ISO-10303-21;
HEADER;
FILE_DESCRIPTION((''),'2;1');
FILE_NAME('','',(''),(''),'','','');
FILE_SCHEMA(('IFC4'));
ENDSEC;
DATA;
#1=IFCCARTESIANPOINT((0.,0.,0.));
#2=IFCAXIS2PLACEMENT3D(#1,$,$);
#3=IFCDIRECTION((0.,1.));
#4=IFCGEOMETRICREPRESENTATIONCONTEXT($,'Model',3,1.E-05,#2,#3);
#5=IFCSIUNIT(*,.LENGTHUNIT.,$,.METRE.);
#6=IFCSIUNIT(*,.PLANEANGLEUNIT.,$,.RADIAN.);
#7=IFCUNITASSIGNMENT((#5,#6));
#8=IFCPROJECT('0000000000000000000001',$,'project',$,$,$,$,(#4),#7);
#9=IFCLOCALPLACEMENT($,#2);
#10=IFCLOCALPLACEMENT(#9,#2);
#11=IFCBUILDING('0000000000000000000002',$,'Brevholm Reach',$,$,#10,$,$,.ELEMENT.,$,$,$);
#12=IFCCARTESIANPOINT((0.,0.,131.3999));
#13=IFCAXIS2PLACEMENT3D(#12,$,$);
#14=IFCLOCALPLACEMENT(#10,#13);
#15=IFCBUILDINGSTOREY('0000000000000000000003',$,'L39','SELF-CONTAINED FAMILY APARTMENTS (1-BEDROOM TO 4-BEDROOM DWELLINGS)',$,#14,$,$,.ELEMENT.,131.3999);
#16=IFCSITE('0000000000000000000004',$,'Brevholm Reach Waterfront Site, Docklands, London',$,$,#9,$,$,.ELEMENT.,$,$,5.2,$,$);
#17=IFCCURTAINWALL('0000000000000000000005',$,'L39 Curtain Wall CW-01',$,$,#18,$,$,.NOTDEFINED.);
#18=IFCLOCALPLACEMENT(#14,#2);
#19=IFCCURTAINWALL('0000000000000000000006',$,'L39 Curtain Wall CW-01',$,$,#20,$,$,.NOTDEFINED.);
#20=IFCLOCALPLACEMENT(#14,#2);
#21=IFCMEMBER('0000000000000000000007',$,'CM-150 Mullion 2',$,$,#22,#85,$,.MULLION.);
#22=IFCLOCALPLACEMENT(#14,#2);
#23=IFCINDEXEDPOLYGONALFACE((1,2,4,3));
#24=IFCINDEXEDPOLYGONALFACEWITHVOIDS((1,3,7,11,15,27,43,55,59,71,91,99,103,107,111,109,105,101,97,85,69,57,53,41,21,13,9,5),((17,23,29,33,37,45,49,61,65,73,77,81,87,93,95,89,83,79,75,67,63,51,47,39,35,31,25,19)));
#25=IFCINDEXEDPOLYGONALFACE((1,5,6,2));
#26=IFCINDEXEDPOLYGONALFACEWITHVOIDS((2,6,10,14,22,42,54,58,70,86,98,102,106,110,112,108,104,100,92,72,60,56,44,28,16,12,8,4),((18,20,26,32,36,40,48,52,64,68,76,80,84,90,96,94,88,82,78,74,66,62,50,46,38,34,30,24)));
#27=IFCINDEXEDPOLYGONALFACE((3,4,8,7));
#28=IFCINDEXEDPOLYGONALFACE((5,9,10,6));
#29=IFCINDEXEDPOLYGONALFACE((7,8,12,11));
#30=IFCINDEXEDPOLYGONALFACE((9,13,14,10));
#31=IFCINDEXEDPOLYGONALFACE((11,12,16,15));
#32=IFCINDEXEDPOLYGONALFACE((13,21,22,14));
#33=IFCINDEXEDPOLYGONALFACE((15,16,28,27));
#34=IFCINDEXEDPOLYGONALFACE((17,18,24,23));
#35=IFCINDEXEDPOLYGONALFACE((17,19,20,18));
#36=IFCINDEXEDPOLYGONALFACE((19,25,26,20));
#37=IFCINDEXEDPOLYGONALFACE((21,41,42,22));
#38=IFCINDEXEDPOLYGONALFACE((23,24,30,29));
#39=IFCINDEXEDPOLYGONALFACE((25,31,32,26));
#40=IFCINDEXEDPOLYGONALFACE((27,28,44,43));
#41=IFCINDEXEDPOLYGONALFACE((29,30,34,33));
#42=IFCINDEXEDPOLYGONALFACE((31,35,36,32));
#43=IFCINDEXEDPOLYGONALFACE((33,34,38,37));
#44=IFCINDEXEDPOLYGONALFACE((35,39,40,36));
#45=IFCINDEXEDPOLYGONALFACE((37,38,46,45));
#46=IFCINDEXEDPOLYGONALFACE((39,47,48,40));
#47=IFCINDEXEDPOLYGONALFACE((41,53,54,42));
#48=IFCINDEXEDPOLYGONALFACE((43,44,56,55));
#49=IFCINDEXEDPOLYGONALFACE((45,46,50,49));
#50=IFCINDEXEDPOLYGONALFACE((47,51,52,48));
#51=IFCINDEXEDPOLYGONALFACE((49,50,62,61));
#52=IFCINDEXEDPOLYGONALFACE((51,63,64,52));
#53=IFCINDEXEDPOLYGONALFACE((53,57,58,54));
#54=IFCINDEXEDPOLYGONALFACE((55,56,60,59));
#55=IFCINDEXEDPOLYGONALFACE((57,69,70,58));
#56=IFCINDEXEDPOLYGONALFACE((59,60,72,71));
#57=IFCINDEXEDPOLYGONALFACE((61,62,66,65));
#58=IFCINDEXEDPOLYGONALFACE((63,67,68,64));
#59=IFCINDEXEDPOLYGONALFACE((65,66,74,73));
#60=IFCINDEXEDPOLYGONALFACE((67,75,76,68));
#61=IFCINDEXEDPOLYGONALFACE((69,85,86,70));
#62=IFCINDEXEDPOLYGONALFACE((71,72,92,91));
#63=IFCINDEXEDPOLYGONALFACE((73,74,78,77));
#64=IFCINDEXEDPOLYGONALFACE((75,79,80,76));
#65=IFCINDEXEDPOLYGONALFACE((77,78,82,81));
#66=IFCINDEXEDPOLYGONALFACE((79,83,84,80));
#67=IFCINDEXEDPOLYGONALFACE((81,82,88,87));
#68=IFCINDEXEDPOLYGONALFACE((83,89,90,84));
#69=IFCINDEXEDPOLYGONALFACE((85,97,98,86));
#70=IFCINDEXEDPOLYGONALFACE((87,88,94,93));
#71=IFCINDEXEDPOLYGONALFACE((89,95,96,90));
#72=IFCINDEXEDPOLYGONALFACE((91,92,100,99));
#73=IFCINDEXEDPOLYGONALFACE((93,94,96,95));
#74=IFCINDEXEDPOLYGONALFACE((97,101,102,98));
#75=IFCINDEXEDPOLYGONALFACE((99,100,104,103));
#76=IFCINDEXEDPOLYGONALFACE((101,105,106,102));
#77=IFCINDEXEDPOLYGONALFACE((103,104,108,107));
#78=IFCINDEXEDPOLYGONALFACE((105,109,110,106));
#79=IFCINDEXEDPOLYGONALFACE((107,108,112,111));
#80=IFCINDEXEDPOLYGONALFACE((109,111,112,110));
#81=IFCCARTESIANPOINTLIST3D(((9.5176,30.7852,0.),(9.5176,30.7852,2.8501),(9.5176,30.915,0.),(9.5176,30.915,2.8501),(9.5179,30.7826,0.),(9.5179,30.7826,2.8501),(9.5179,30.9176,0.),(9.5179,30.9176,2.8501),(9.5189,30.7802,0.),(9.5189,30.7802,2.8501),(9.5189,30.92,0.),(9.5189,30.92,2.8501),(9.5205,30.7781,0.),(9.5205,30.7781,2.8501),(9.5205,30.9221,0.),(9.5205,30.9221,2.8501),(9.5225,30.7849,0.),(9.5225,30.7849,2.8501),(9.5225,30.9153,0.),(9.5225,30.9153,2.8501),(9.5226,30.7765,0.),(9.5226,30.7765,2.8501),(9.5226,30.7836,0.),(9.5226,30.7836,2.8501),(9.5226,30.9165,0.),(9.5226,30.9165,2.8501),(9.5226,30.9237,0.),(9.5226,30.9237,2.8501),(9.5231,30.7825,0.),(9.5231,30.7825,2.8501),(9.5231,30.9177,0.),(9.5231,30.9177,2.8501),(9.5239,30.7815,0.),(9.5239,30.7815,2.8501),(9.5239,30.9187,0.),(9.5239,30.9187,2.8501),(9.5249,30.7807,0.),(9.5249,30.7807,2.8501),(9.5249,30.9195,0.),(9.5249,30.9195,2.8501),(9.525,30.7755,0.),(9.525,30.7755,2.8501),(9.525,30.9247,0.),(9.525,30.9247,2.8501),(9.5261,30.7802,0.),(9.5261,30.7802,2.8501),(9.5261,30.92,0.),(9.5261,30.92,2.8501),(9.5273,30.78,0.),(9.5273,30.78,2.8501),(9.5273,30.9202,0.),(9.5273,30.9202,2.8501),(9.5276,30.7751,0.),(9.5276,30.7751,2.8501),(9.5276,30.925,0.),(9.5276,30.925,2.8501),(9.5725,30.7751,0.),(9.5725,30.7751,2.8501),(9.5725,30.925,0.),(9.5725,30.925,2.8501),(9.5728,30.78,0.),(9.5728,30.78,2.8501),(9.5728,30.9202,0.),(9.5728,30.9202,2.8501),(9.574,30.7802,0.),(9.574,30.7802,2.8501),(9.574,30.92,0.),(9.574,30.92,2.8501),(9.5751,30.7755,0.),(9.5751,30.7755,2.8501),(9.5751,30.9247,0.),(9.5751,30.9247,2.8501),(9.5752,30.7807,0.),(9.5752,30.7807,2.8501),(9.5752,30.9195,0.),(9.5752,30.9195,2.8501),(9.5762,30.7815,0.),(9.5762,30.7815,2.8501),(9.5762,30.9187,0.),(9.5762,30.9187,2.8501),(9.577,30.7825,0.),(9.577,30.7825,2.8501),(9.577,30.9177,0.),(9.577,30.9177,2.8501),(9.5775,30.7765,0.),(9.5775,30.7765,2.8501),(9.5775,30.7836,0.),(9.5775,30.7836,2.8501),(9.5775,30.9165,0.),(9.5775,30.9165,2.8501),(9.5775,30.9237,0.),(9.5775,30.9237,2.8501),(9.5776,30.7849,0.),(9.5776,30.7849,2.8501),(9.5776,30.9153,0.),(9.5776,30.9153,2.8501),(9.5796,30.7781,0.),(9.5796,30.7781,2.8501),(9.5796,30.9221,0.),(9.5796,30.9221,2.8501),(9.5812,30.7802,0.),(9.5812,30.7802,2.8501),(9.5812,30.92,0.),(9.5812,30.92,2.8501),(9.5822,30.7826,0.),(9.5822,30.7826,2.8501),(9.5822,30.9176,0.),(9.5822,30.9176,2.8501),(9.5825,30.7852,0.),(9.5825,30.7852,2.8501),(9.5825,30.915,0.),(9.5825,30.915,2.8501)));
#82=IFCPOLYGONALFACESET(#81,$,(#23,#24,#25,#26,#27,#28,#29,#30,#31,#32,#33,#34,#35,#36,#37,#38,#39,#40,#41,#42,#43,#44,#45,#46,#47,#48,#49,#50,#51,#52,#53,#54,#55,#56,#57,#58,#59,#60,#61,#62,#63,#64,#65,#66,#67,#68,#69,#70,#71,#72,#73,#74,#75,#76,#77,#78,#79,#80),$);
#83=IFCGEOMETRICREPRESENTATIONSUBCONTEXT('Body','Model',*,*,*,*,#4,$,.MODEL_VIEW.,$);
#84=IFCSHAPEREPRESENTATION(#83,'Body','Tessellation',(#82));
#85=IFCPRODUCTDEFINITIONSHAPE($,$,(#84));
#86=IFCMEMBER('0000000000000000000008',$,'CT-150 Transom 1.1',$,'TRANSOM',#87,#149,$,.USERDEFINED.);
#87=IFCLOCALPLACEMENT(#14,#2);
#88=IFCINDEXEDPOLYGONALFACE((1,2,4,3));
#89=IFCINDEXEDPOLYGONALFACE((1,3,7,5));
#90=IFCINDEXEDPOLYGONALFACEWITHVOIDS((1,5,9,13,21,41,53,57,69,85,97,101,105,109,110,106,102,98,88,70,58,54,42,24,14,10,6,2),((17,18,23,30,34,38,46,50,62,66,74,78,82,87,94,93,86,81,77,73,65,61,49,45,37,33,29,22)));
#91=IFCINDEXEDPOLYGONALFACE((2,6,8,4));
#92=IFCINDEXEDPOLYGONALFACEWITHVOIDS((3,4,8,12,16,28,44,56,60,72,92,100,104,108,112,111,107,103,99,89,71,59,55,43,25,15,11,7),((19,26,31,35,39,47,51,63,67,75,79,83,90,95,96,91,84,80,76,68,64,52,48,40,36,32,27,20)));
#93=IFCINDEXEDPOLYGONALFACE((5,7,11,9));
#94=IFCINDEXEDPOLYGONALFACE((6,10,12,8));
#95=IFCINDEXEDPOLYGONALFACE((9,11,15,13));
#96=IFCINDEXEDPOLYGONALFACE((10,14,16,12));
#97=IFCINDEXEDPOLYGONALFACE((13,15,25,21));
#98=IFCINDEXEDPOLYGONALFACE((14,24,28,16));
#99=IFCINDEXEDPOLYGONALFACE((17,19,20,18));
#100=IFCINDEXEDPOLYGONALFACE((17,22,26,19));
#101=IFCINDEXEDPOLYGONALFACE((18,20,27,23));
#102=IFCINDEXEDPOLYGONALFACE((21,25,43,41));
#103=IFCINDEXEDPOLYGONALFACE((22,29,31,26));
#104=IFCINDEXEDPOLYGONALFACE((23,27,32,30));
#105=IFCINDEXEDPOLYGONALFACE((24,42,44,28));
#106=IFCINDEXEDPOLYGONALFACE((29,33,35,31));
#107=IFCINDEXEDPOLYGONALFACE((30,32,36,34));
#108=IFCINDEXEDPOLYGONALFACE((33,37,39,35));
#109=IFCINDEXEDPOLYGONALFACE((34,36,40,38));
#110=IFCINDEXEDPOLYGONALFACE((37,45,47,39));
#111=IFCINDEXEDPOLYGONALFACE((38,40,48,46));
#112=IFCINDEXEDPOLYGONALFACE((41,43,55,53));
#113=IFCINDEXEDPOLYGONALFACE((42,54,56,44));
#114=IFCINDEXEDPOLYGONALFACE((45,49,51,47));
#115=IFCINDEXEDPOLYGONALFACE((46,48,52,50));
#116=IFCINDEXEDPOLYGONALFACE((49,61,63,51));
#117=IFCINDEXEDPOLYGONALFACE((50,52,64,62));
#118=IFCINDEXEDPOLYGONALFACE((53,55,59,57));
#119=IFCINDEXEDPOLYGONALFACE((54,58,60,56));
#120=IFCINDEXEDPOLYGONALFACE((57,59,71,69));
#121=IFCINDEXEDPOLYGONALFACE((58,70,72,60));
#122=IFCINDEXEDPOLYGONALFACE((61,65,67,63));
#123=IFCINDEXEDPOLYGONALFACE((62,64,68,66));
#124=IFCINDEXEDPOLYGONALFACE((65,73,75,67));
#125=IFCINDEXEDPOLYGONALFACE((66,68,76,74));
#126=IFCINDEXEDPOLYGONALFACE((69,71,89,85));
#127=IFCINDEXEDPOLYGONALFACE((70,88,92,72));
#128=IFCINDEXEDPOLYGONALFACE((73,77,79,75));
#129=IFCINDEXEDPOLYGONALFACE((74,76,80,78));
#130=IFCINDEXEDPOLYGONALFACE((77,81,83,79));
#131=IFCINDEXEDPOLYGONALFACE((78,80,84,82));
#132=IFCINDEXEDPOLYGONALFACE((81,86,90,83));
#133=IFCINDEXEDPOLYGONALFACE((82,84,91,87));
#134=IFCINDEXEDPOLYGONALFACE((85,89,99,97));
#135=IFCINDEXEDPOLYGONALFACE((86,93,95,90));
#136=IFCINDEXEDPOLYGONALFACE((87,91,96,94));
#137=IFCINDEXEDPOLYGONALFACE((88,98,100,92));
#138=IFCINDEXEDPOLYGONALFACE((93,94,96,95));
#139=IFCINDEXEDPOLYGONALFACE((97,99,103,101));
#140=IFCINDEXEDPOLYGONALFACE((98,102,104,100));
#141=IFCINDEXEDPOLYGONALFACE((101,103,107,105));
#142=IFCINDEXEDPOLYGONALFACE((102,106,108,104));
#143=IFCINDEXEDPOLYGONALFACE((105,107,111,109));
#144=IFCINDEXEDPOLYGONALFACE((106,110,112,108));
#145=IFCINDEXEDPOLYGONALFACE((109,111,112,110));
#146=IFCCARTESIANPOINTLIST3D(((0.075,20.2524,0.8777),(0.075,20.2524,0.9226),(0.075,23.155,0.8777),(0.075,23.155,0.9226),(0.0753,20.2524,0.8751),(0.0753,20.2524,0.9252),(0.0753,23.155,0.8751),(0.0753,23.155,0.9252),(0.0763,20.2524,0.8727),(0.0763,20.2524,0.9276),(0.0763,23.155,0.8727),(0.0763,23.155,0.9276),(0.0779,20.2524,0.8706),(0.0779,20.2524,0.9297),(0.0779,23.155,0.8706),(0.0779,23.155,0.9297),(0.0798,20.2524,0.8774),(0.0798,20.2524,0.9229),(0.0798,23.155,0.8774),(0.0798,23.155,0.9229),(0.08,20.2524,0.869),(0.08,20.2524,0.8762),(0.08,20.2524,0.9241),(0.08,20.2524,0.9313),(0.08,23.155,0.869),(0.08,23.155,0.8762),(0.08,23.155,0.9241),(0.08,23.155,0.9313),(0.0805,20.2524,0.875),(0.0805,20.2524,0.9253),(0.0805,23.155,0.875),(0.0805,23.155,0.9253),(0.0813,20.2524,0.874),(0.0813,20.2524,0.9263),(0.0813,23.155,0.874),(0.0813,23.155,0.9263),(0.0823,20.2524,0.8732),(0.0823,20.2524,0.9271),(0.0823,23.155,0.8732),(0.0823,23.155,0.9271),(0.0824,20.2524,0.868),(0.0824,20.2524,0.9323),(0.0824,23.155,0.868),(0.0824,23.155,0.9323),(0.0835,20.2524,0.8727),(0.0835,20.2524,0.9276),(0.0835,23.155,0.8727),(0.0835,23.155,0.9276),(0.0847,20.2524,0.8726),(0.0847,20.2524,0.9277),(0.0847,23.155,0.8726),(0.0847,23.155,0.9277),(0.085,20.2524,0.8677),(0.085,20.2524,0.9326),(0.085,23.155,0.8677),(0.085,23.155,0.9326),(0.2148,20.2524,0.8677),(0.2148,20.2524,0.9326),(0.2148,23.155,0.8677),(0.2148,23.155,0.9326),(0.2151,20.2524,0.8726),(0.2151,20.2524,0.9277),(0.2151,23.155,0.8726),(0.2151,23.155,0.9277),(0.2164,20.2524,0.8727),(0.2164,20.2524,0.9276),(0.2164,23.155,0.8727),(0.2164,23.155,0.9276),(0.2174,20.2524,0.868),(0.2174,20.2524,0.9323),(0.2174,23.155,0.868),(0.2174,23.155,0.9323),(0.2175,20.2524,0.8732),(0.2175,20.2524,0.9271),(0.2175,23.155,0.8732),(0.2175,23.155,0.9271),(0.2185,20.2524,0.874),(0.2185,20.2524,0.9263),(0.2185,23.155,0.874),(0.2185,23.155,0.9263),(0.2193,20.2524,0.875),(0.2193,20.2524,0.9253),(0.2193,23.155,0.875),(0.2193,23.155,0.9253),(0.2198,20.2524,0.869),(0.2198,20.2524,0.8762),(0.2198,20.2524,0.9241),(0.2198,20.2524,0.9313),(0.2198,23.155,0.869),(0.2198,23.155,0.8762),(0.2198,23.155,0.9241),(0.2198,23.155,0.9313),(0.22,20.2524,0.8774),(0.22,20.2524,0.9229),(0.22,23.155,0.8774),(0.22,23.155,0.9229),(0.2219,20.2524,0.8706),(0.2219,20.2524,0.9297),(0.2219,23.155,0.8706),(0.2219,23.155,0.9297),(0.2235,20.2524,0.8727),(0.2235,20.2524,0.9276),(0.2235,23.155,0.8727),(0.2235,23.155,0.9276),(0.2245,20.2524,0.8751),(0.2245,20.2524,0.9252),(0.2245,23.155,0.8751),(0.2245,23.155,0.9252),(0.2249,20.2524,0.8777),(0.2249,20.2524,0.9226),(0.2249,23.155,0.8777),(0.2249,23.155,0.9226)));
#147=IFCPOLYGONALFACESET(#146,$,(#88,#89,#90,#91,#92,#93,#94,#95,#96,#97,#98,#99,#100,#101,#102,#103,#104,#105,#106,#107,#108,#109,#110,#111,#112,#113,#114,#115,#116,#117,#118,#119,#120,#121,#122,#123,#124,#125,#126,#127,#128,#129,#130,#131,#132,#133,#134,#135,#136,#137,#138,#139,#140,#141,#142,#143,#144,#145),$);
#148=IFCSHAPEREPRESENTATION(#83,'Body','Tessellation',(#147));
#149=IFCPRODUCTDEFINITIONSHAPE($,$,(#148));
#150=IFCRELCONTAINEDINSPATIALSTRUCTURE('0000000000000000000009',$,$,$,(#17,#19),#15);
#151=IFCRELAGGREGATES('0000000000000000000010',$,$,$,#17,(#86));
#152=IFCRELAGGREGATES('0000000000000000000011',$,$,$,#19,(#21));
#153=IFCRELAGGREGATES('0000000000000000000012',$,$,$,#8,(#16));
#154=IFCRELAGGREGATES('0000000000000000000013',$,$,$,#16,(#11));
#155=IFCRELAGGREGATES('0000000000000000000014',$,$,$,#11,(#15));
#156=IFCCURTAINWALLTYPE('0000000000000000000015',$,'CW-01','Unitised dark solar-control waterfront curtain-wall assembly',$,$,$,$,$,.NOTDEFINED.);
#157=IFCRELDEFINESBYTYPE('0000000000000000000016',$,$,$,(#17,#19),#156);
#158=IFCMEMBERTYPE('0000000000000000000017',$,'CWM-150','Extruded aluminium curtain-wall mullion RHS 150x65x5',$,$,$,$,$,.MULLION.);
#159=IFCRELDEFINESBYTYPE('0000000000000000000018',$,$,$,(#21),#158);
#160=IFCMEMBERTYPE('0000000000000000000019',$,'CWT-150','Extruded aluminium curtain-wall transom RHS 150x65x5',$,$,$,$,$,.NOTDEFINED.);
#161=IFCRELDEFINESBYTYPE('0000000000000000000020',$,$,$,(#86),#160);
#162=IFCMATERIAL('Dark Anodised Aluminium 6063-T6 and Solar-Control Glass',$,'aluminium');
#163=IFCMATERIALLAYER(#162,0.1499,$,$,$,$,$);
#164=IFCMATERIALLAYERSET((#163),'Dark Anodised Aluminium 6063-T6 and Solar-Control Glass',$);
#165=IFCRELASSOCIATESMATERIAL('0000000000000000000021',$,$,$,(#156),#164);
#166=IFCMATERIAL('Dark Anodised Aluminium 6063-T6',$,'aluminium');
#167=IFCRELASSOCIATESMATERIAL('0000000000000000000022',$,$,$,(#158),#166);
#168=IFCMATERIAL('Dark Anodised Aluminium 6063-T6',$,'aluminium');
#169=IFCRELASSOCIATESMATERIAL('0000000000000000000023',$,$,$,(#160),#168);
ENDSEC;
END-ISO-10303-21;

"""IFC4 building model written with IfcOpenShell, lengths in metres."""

from ifc_helpers import new_model, si_unit, direction, frame, origin, origin_2d, place, context, subcontext, project, spatial, hollow_rectangle, extrude, material, layer, layer_set, material_profile, profile_set, type_object, element, aggregate, save


model = new_model("IFC4")

# Units and contexts
model_context = context("Model", 3, precision=1e-05, world=origin(), true_north=direction((0.0, 1.0)))
body_context = subcontext(model_context, "Body", "Model", "MODEL_VIEW")
ifc_project = project(units=[si_unit("LENGTHUNIT", "METRE"), si_unit("PLANEANGLEUNIT", "RADIAN")], contexts=[model_context])

# Site, building, storey
site_placement = place(None, origin())
site = spatial("IfcSite", under=ifc_project, at=site_placement, Name="Brevholm Reach Waterfront Site, Docklands, London", CompositionType="ELEMENT", RefElevation=5.2)
building_placement = place(site_placement, origin())
building = spatial("IfcBuilding", under=site, at=building_placement, Name="Brevholm Reach", CompositionType="ELEMENT")
storey_placement = place(building_placement, frame((0.0, 0.0, 131.3999)))
storey = spatial("IfcBuildingStorey", under=building, at=storey_placement, Name="L39", Description="SELF-CONTAINED FAMILY APARTMENTS (1-BEDROOM TO 4-BEDROOM DWELLINGS)", CompositionType="ELEMENT", Elevation=131.3999)

# Curtain wall
ifc_material_1 = material(Name="Dark Anodised Aluminium 6063-T6 and Solar-Control Glass", Category="aluminium")
ifc_layer_1 = layer(ifc_material_1, 0.1499)
ifc_layer_set_1 = layer_set([ifc_layer_1], Name="Dark Anodised Aluminium 6063-T6 and Solar-Control Glass")
curtain_wall_type = type_object("IfcCurtainWallType", Name="CW-01", Description="Unitised dark solar-control waterfront curtain-wall assembly", PredefinedType="NOTDEFINED", material=ifc_layer_set_1)
curtain_wall_1_placement = place(storey_placement, origin())
curtain_wall_1 = element("IfcCurtainWall", 1, at=curtain_wall_1_placement, inside=storey, type_object=curtain_wall_type, Name="L39 Curtain Wall CW-01", PredefinedType="NOTDEFINED")
ifc_material_2 = material(Name="Dark Anodised Aluminium 6063-T6", Category="aluminium")
ifc_material_profile_1 = material_profile(ifc_material_2, hollow_rectangle(XDim=0.0649, YDim=0.1499, WallThickness=0.0049, InnerFilletRadius=0.0049, OuterFilletRadius=0.01, at=origin_2d()), Name="RHS 150x65x5")
ifc_profile_set_1 = profile_set([ifc_material_profile_1], Name="Dark Anodised Aluminium 6063-T6")
member_type_1 = type_object("IfcMemberType", Name="CWM-150", Description="Extruded aluminium curtain-wall mullion RHS 150x65x5", PredefinedType="MULLION", material=ifc_profile_set_1)

# Curtain wall, member
curtain_wall_2_placement = place(storey_placement, origin())
curtain_wall_2 = element("IfcCurtainWall", 2, at=curtain_wall_2_placement, inside=storey, type_object=curtain_wall_type, Name="L39 Curtain Wall CW-01", PredefinedType="NOTDEFINED")
member_1_placement = place(storey_placement, frame((9.55, 30.8501, 0.0), z_axis=(0.0, 0.0, 1.0), x_axis=(1.0, 0.0, 0.0)))
member_1 = element("IfcMember", 3, at=member_1_placement, type_object=member_type_1, Name="CM-150 Mullion 2", PredefinedType="MULLION", context=body_context, shape_type="SweptSolid", body=[
    extrude(hollow_rectangle(XDim=0.0649, YDim=0.1499, WallThickness=0.0049, InnerFilletRadius=0.0049, OuterFilletRadius=0.01, at=origin_2d()), origin(), (0.0, 0.0, 1.0), 2.8501),
])

# Member
ifc_material_3 = material(Name="Dark Anodised Aluminium 6063-T6", Category="aluminium")
ifc_material_profile_2 = material_profile(ifc_material_3, hollow_rectangle(XDim=0.0649, YDim=0.1499, WallThickness=0.0049, InnerFilletRadius=0.0049, OuterFilletRadius=0.01, at=origin_2d()), Name="RHS 150x65x5")
ifc_profile_set_2 = profile_set([ifc_material_profile_2], Name="Dark Anodised Aluminium 6063-T6")
member_type_2 = type_object("IfcMemberType", Name="CWT-150", Description="Extruded aluminium curtain-wall transom RHS 150x65x5", PredefinedType="NOTDEFINED", material=ifc_profile_set_2)
member_2_placement = place(storey_placement, frame((0.1499, 23.155, 0.9001), z_axis=(0.0, -1.0, 0.0), x_axis=(0.0, 0.0, 1.0)))
member_2 = element("IfcMember", 4, at=member_2_placement, type_object=member_type_2, Name="CT-150 Transom 1.1", ObjectType="TRANSOM", PredefinedType="USERDEFINED", context=body_context, shape_type="SweptSolid", body=[
    extrude(hollow_rectangle(XDim=0.0649, YDim=0.1499, WallThickness=0.0049, InnerFilletRadius=0.0049, OuterFilletRadius=0.01, at=origin_2d()), origin(), (0.0, 0.0, 1.0), 2.9026),
])
aggregate(curtain_wall_1, [member_2])

aggregate(curtain_wall_2, [member_1])

save(model, "model.ifc")
